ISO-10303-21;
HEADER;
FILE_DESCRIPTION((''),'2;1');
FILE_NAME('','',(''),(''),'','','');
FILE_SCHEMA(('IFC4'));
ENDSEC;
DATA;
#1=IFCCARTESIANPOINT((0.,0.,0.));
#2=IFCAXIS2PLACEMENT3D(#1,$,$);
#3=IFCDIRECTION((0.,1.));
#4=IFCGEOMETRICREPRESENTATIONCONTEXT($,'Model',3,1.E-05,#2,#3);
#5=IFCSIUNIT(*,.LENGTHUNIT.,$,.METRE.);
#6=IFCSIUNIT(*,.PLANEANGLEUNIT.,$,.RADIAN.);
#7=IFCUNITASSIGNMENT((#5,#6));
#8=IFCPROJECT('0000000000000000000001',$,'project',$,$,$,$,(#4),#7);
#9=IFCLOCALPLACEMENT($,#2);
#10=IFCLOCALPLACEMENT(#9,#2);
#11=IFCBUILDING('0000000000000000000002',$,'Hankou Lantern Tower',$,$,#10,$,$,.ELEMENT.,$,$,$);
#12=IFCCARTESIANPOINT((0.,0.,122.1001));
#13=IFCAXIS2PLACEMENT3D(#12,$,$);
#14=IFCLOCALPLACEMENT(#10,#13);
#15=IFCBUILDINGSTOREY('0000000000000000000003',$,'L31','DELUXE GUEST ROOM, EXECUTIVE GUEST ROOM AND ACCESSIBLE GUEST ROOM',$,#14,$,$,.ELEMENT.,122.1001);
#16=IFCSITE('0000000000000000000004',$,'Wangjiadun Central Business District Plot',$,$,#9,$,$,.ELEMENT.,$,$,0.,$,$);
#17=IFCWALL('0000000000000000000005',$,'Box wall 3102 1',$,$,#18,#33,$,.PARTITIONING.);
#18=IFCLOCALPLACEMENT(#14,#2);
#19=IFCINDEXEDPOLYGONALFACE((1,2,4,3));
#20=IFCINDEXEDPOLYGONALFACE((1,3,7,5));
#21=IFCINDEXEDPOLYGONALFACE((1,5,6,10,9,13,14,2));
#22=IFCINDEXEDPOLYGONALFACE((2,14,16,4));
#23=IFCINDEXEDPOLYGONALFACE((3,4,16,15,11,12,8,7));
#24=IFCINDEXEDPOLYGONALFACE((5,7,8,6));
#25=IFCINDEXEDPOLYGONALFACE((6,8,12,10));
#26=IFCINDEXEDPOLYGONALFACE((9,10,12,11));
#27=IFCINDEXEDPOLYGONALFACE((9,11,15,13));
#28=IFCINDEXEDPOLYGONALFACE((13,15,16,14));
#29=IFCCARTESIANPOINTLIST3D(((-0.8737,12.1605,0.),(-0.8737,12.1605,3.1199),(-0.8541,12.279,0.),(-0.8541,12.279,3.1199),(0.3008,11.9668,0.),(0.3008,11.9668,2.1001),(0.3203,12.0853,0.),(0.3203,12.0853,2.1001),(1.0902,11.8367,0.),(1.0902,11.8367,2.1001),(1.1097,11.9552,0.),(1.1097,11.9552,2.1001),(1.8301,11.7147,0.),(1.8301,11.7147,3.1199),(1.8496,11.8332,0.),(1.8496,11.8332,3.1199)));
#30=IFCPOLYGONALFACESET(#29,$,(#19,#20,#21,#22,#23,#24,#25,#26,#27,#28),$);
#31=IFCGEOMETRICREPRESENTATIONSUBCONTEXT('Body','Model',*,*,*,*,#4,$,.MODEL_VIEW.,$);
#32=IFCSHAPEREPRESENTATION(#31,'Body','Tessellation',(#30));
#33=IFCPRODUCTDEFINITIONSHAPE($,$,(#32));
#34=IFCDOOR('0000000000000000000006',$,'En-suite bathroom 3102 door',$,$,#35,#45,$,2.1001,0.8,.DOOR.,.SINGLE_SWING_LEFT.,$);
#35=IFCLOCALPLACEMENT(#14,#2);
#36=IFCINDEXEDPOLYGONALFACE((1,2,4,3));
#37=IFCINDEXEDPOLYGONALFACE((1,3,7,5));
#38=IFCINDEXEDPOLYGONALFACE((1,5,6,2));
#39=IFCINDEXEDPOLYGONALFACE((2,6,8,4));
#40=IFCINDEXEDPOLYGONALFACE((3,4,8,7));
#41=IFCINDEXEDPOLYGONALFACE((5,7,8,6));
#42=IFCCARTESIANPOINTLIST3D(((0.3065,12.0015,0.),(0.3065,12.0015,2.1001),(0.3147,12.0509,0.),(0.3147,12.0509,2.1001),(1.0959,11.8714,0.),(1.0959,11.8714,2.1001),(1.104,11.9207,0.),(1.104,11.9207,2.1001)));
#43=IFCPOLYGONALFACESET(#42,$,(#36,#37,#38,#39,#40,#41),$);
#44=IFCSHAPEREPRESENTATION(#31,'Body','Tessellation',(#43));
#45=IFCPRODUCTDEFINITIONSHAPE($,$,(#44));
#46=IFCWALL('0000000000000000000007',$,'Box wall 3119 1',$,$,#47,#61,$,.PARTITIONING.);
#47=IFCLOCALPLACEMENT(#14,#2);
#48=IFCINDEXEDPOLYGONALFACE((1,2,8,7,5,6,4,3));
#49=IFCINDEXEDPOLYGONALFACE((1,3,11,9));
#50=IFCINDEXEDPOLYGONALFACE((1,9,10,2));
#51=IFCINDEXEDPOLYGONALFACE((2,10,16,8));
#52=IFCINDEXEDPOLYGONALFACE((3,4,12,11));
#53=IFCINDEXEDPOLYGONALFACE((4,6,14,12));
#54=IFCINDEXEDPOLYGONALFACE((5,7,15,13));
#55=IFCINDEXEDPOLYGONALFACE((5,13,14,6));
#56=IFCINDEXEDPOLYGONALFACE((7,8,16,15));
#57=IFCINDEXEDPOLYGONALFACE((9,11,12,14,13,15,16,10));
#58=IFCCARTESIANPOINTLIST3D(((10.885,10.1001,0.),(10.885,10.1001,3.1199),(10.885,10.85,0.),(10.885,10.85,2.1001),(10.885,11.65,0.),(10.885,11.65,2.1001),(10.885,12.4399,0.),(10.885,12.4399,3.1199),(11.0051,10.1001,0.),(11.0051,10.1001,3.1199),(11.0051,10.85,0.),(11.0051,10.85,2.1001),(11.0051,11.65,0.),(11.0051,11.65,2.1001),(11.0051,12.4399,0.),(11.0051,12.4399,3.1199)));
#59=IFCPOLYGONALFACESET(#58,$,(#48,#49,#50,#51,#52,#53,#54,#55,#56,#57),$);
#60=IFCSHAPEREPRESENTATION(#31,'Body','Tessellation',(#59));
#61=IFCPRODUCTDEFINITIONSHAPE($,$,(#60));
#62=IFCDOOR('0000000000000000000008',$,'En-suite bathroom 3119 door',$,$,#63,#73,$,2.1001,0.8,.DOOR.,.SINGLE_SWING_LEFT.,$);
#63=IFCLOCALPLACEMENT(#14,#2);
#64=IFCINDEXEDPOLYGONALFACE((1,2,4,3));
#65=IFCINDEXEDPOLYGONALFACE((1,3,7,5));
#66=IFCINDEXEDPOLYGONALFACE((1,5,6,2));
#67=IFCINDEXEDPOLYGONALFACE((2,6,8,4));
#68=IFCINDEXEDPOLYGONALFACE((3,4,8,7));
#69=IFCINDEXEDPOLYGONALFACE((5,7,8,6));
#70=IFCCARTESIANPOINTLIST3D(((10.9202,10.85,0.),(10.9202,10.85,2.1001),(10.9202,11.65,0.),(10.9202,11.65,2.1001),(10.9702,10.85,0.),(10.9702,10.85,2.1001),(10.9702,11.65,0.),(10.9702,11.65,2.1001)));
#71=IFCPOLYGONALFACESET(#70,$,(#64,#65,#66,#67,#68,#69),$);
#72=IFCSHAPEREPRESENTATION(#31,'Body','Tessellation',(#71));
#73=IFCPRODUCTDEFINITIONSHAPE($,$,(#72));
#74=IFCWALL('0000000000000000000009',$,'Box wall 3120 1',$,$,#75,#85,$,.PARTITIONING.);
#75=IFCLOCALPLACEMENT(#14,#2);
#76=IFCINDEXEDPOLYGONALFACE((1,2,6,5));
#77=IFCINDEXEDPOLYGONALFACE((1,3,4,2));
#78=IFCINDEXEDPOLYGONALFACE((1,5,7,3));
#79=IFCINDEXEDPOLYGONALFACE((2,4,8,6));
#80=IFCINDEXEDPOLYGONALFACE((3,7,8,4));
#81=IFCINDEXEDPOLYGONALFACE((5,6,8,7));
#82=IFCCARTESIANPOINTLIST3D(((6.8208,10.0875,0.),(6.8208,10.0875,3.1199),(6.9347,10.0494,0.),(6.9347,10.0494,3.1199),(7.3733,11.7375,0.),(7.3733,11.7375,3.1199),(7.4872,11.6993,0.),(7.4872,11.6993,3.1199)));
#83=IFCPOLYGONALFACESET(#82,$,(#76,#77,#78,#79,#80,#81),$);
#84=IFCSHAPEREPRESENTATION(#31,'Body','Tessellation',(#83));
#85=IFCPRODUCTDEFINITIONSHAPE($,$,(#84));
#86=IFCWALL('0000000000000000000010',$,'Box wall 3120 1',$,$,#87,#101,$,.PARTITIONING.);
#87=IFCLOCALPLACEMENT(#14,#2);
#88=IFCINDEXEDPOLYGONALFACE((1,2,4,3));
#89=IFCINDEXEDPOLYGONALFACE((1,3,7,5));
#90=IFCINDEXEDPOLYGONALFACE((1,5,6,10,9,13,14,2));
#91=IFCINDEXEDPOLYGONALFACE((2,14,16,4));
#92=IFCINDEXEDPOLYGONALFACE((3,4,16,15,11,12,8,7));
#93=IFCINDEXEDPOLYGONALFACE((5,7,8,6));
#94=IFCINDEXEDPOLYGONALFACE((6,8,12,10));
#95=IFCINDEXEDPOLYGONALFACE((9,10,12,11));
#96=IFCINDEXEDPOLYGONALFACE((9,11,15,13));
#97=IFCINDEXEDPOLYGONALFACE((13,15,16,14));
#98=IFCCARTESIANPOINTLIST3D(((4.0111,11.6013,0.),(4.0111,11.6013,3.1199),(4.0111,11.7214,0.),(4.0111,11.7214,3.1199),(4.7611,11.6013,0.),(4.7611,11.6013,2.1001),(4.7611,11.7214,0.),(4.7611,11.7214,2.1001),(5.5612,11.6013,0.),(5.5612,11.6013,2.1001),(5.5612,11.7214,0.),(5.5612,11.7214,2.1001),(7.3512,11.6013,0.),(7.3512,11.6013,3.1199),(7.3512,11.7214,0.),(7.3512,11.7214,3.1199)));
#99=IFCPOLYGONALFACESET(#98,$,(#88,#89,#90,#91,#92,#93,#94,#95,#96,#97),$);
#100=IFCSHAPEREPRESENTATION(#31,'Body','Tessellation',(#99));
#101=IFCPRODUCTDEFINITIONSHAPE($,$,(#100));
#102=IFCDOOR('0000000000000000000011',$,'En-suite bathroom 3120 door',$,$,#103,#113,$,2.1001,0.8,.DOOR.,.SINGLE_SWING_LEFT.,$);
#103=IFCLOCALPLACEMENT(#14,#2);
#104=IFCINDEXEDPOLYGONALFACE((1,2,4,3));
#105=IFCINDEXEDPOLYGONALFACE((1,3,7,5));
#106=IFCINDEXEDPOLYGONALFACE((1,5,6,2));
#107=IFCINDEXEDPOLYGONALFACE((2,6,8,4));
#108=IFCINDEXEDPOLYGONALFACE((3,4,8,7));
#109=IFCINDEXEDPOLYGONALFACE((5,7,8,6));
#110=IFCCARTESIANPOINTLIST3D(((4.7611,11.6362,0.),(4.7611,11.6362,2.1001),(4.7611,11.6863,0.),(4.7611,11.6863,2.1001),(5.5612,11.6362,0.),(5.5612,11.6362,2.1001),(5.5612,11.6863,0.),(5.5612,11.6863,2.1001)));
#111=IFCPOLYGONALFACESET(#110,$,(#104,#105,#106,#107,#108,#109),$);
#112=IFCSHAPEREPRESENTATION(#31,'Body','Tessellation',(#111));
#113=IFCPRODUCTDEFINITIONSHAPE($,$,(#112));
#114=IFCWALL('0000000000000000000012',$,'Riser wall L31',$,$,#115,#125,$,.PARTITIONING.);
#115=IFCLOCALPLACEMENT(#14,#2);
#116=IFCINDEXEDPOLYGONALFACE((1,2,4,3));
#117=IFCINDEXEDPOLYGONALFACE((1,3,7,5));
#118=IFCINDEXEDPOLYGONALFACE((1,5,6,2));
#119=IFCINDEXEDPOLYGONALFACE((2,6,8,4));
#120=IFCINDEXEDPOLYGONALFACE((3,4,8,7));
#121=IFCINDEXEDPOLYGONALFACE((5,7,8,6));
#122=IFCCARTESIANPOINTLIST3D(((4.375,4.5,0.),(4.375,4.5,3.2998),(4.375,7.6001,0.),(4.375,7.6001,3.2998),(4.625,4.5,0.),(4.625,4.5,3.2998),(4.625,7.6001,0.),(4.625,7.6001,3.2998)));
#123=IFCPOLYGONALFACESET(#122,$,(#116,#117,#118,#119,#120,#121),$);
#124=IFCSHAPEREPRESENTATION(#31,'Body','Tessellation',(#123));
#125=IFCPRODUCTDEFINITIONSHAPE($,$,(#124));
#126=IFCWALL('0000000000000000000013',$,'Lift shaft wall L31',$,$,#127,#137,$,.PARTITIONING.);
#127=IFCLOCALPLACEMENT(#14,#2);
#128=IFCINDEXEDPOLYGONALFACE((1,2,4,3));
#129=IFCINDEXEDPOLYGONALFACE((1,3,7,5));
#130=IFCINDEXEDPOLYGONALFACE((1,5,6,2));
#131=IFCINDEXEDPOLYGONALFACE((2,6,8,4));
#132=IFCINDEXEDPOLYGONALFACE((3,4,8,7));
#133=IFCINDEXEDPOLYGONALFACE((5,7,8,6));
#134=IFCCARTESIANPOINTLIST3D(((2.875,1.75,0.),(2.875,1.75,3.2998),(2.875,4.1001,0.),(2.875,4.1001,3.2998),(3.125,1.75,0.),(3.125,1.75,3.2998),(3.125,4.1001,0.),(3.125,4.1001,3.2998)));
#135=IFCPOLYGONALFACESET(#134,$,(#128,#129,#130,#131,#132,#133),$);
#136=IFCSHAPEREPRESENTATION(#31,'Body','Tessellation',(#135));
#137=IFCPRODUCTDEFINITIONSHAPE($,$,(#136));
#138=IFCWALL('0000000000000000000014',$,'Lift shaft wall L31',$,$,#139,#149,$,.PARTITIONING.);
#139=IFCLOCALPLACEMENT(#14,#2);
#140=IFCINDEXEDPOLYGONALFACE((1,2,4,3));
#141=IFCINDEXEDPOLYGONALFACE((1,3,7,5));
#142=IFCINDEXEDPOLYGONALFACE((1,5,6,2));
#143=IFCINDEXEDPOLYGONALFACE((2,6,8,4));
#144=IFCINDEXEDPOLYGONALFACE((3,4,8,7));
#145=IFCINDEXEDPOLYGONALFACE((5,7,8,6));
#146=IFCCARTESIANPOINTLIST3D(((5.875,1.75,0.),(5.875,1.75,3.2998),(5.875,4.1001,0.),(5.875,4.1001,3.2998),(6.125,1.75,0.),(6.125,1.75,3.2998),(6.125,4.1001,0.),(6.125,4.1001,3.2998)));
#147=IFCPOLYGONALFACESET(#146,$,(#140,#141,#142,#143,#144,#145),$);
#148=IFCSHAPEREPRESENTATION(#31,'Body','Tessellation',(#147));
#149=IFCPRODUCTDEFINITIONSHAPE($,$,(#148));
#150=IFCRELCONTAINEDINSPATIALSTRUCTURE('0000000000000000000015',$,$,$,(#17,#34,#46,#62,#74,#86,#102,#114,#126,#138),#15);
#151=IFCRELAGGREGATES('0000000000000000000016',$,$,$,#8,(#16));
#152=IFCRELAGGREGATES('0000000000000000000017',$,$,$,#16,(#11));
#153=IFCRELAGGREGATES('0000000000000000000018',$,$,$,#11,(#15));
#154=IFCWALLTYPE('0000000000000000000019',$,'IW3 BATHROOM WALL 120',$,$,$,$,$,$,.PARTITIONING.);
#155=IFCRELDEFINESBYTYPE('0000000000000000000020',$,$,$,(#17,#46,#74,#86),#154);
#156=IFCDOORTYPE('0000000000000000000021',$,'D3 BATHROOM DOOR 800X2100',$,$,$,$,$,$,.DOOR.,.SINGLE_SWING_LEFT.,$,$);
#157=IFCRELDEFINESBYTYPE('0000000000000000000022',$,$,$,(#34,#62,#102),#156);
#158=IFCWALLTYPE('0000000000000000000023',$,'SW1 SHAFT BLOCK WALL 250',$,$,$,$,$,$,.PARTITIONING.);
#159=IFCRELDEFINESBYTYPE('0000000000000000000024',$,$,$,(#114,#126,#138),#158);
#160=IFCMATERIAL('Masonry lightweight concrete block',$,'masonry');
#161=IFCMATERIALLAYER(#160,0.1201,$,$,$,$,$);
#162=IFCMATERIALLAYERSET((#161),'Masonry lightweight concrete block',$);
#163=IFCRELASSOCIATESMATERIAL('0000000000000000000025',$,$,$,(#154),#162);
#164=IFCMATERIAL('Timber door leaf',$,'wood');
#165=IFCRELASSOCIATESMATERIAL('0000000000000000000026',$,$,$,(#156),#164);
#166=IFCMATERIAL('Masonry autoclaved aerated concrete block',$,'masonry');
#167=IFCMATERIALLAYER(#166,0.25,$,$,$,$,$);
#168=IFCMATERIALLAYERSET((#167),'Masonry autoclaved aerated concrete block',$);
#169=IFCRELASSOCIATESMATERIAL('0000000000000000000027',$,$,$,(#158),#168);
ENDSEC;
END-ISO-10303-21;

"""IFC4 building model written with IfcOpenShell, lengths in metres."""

from ifc_helpers import new_model, si_unit, direction, frame, frame_2d, origin, place, context, subcontext, project, spatial, rectangle, extrude, material, layer, layer_set, type_object, element, fill, save


model = new_model("IFC4")

# Units and contexts
model_context = context("Model", 3, precision=1e-05, world=origin(), true_north=direction((0.0, 1.0)))
body_context = subcontext(model_context, "Body", "Model", "MODEL_VIEW")
ifc_project = project(units=[si_unit("LENGTHUNIT", "METRE"), si_unit("PLANEANGLEUNIT", "RADIAN")], contexts=[model_context])

# Site, building, storey
site_placement = place(None, origin())
site = spatial("IfcSite", under=ifc_project, at=site_placement, Name="Wangjiadun Central Business District Plot", CompositionType="ELEMENT", RefElevation=0.0)
building_placement = place(site_placement, origin())
building = spatial("IfcBuilding", under=site, at=building_placement, Name="Hankou Lantern Tower", CompositionType="ELEMENT")
storey_placement = place(building_placement, frame((0.0, 0.0, 122.1001)))
storey = spatial("IfcBuildingStorey", under=building, at=storey_placement, Name="L31", Description="DELUXE GUEST ROOM, EXECUTIVE GUEST ROOM AND ACCESSIBLE GUEST ROOM", CompositionType="ELEMENT", Elevation=122.1001)

# Walls, openings, doors
ifc_material_1 = material(Name="Masonry lightweight concrete block", Category="masonry")
ifc_layer_1 = layer(ifc_material_1, 0.1201)
ifc_layer_set_1 = layer_set([ifc_layer_1], Name="Masonry lightweight concrete block")
wall_type_1 = type_object("IfcWallType", Name="IW3 BATHROOM WALL 120", PredefinedType="PARTITIONING", material=ifc_layer_set_1)
wall_1_placement = place(storey_placement, frame((1.8398, 11.7739, 0.0), z_axis=(0.0, 0.0, 1.0), x_axis=(-0.986677, 0.162694, 0.0)))
wall_1 = element("IfcWall", 1, at=wall_1_placement, inside=storey, type_object=wall_type_1, Name="Box wall 3102 1", PredefinedType="PARTITIONING", context=body_context, shape_type="SweptSolid", body=[
    extrude(rectangle(XDim=2.7402, YDim=0.1201, at=frame_2d((1.3701, 0.0))), origin(), (0.0, 0.0, 1.0), 3.1199),
])
opening_1_placement = place(wall_1_placement, frame((0.75, 0.0, 0.0)))
opening_1 = element("IfcOpeningElement", 2, at=opening_1_placement, cuts=wall_1, PredefinedType="OPENING", context=body_context, shape_type="SweptSolid", body=[
    extrude(rectangle(XDim=0.8, YDim=2.1001, at=frame_2d((0.3999, 1.05))), frame((0.0, 0.0701, 0.0), z_axis=(0.0, -1.0, 0.0), x_axis=(1.0, 0.0, 0.0)), (0.0, 0.0, 1.0), 0.1401),
])
ifc_material_2 = material(Name="Timber door leaf", Category="wood")
door_type_1 = type_object("IfcDoorType", Name="D3 BATHROOM DOOR 800X2100", OperationType="SINGLE_SWING_LEFT", PredefinedType="DOOR", material=ifc_material_2)
door_1_placement = place(opening_1_placement, origin())
door_1 = element("IfcDoor", 3, at=door_1_placement, inside=storey, type_object=door_type_1, Name="En-suite bathroom 3102 door", OperationType="SINGLE_SWING_LEFT", OverallHeight=2.1001, OverallWidth=0.8, PredefinedType="DOOR", context=body_context, shape_type="SweptSolid", body=[
    extrude(rectangle(XDim=0.8, YDim=2.1001, at=frame_2d((0.3999, 1.05))), frame((0.0, 0.0249, 0.0), z_axis=(0.0, -1.0, 0.0), x_axis=(1.0, 0.0, 0.0)), (0.0, 0.0, 1.0), 0.05),
])
fill(opening_1, door_1)
wall_2_placement = place(storey_placement, frame((10.9451, 10.1001, 0.0), z_axis=(0.0, 0.0, 1.0), x_axis=(0.0, 1.0, 0.0)))
wall_2 = element("IfcWall", 4, at=wall_2_placement, inside=storey, type_object=wall_type_1, Name="Box wall 3119 1", PredefinedType="PARTITIONING", context=body_context, shape_type="SweptSolid", body=[
    extrude(rectangle(XDim=2.3398, YDim=0.1201, at=frame_2d((1.1699, 0.0))), origin(), (0.0, 0.0, 1.0), 3.1199),
])
opening_2_placement = place(wall_2_placement, frame((0.75, 0.0, 0.0)))
opening_2 = element("IfcOpeningElement", 5, at=opening_2_placement, cuts=wall_2, PredefinedType="OPENING", context=body_context, shape_type="SweptSolid", body=[
    extrude(rectangle(XDim=0.8, YDim=2.1001, at=frame_2d((0.3999, 1.05))), frame((0.0, 0.0701, 0.0), z_axis=(0.0, -1.0, 0.0), x_axis=(1.0, 0.0, 0.0)), (0.0, 0.0, 1.0), 0.1401),
])
door_2_placement = place(opening_2_placement, origin())
door_2 = element("IfcDoor", 6, at=door_2_placement, inside=storey, type_object=door_type_1, Name="En-suite bathroom 3119 door", OperationType="SINGLE_SWING_LEFT", OverallHeight=2.1001, OverallWidth=0.8, PredefinedType="DOOR", context=body_context, shape_type="SweptSolid", body=[
    extrude(rectangle(XDim=0.8, YDim=2.1001, at=frame_2d((0.3999, 1.05))), frame((0.0, 0.0249, 0.0), z_axis=(0.0, -1.0, 0.0), x_axis=(1.0, 0.0, 0.0)), (0.0, 0.0, 1.0), 0.05),
])
fill(opening_2, door_2)

# Wall
wall_3_placement = place(storey_placement, frame((6.8777, 10.0684, 0.0), z_axis=(0.0, 0.0, 1.0), x_axis=(0.317532, 0.948247, 0.0)))
element("IfcWall", 7, at=wall_3_placement, inside=storey, type_object=wall_type_1, Name="Box wall 3120 1", PredefinedType="PARTITIONING", context=body_context, shape_type="SweptSolid", body=[
    extrude(rectangle(XDim=1.74, YDim=0.1201, at=frame_2d((0.8701, 0.0))), origin(), (0.0, 0.0, 1.0), 3.1199),
])

# Wall, opening, door
wall_4_placement = place(storey_placement, frame((4.0112, 11.6614, 0.0), z_axis=(0.0, 0.0, 1.0), x_axis=(1.0, 0.0, 0.0)))
wall_4 = element("IfcWall", 8, at=wall_4_placement, inside=storey, type_object=wall_type_1, Name="Box wall 3120 1", PredefinedType="PARTITIONING", context=body_context, shape_type="SweptSolid", body=[
    extrude(rectangle(XDim=3.3401, YDim=0.1201, at=frame_2d((1.6699, 0.0))), origin(), (0.0, 0.0, 1.0), 3.1199),
])
opening_3_placement = place(wall_4_placement, frame((0.75, 0.0, 0.0)))
opening_3 = element("IfcOpeningElement", 9, at=opening_3_placement, cuts=wall_4, PredefinedType="OPENING", context=body_context, shape_type="SweptSolid", body=[
    extrude(rectangle(XDim=0.8, YDim=2.1001, at=frame_2d((0.3999, 1.05))), frame((0.0, 0.0701, 0.0), z_axis=(0.0, -1.0, 0.0), x_axis=(1.0, 0.0, 0.0)), (0.0, 0.0, 1.0), 0.1401),
])
door_3_placement = place(opening_3_placement, origin())
door_3 = element("IfcDoor", 10, at=door_3_placement, inside=storey, type_object=door_type_1, Name="En-suite bathroom 3120 door", OperationType="SINGLE_SWING_LEFT", OverallHeight=2.1001, OverallWidth=0.8, PredefinedType="DOOR", context=body_context, shape_type="SweptSolid", body=[
    extrude(rectangle(XDim=0.8, YDim=2.1001, at=frame_2d((0.3999, 1.05))), frame((0.0, 0.0249, 0.0), z_axis=(0.0, -1.0, 0.0), x_axis=(1.0, 0.0, 0.0)), (0.0, 0.0, 1.0), 0.05),
])
fill(opening_3, door_3)

# Walls
ifc_material_3 = material(Name="Masonry autoclaved aerated concrete block", Category="masonry")
ifc_layer_2 = layer(ifc_material_3, 0.25)
ifc_layer_set_2 = layer_set([ifc_layer_2], Name="Masonry autoclaved aerated concrete block")
wall_type_2 = type_object("IfcWallType", Name="SW1 SHAFT BLOCK WALL 250", PredefinedType="PARTITIONING", material=ifc_layer_set_2)
wall_5_placement = place(storey_placement, frame((4.5, 4.5, 0.0), z_axis=(0.0, 0.0, 1.0), x_axis=(0.0, 1.0, 0.0)))
element("IfcWall", 11, at=wall_5_placement, inside=storey, type_object=wall_type_2, Name="Riser wall L31", PredefinedType="PARTITIONING", context=body_context, shape_type="SweptSolid", body=[
    extrude(rectangle(XDim=3.1001, YDim=0.25, at=frame_2d((1.55, 0.0))), origin(), (0.0, 0.0, 1.0), 3.2998),
])
for number, where, z_axis, x_axis, name in (
    (12, (3.0, 1.75, 0.0), (0.0, 0.0, 1.0), (0.0, 1.0, 0.0), "Lift shaft wall L31"),
    (13, (6.0, 1.75, 0.0), (0.0, 0.0, 1.0), (0.0, 1.0, 0.0), "Lift shaft wall L31"),
):
    element("IfcWall", number, at=place(storey_placement, frame(where, z_axis=z_axis, x_axis=x_axis)), inside=storey, type_object=wall_type_2, Name=name, PredefinedType="PARTITIONING", context=body_context, shape_type="SweptSolid", body=[
        extrude(rectangle(XDim=2.3501, YDim=0.25, at=frame_2d((1.175, 0.0))), origin(), (0.0, 0.0, 1.0), 3.2998),
    ])

save(model, "model.ifc")
